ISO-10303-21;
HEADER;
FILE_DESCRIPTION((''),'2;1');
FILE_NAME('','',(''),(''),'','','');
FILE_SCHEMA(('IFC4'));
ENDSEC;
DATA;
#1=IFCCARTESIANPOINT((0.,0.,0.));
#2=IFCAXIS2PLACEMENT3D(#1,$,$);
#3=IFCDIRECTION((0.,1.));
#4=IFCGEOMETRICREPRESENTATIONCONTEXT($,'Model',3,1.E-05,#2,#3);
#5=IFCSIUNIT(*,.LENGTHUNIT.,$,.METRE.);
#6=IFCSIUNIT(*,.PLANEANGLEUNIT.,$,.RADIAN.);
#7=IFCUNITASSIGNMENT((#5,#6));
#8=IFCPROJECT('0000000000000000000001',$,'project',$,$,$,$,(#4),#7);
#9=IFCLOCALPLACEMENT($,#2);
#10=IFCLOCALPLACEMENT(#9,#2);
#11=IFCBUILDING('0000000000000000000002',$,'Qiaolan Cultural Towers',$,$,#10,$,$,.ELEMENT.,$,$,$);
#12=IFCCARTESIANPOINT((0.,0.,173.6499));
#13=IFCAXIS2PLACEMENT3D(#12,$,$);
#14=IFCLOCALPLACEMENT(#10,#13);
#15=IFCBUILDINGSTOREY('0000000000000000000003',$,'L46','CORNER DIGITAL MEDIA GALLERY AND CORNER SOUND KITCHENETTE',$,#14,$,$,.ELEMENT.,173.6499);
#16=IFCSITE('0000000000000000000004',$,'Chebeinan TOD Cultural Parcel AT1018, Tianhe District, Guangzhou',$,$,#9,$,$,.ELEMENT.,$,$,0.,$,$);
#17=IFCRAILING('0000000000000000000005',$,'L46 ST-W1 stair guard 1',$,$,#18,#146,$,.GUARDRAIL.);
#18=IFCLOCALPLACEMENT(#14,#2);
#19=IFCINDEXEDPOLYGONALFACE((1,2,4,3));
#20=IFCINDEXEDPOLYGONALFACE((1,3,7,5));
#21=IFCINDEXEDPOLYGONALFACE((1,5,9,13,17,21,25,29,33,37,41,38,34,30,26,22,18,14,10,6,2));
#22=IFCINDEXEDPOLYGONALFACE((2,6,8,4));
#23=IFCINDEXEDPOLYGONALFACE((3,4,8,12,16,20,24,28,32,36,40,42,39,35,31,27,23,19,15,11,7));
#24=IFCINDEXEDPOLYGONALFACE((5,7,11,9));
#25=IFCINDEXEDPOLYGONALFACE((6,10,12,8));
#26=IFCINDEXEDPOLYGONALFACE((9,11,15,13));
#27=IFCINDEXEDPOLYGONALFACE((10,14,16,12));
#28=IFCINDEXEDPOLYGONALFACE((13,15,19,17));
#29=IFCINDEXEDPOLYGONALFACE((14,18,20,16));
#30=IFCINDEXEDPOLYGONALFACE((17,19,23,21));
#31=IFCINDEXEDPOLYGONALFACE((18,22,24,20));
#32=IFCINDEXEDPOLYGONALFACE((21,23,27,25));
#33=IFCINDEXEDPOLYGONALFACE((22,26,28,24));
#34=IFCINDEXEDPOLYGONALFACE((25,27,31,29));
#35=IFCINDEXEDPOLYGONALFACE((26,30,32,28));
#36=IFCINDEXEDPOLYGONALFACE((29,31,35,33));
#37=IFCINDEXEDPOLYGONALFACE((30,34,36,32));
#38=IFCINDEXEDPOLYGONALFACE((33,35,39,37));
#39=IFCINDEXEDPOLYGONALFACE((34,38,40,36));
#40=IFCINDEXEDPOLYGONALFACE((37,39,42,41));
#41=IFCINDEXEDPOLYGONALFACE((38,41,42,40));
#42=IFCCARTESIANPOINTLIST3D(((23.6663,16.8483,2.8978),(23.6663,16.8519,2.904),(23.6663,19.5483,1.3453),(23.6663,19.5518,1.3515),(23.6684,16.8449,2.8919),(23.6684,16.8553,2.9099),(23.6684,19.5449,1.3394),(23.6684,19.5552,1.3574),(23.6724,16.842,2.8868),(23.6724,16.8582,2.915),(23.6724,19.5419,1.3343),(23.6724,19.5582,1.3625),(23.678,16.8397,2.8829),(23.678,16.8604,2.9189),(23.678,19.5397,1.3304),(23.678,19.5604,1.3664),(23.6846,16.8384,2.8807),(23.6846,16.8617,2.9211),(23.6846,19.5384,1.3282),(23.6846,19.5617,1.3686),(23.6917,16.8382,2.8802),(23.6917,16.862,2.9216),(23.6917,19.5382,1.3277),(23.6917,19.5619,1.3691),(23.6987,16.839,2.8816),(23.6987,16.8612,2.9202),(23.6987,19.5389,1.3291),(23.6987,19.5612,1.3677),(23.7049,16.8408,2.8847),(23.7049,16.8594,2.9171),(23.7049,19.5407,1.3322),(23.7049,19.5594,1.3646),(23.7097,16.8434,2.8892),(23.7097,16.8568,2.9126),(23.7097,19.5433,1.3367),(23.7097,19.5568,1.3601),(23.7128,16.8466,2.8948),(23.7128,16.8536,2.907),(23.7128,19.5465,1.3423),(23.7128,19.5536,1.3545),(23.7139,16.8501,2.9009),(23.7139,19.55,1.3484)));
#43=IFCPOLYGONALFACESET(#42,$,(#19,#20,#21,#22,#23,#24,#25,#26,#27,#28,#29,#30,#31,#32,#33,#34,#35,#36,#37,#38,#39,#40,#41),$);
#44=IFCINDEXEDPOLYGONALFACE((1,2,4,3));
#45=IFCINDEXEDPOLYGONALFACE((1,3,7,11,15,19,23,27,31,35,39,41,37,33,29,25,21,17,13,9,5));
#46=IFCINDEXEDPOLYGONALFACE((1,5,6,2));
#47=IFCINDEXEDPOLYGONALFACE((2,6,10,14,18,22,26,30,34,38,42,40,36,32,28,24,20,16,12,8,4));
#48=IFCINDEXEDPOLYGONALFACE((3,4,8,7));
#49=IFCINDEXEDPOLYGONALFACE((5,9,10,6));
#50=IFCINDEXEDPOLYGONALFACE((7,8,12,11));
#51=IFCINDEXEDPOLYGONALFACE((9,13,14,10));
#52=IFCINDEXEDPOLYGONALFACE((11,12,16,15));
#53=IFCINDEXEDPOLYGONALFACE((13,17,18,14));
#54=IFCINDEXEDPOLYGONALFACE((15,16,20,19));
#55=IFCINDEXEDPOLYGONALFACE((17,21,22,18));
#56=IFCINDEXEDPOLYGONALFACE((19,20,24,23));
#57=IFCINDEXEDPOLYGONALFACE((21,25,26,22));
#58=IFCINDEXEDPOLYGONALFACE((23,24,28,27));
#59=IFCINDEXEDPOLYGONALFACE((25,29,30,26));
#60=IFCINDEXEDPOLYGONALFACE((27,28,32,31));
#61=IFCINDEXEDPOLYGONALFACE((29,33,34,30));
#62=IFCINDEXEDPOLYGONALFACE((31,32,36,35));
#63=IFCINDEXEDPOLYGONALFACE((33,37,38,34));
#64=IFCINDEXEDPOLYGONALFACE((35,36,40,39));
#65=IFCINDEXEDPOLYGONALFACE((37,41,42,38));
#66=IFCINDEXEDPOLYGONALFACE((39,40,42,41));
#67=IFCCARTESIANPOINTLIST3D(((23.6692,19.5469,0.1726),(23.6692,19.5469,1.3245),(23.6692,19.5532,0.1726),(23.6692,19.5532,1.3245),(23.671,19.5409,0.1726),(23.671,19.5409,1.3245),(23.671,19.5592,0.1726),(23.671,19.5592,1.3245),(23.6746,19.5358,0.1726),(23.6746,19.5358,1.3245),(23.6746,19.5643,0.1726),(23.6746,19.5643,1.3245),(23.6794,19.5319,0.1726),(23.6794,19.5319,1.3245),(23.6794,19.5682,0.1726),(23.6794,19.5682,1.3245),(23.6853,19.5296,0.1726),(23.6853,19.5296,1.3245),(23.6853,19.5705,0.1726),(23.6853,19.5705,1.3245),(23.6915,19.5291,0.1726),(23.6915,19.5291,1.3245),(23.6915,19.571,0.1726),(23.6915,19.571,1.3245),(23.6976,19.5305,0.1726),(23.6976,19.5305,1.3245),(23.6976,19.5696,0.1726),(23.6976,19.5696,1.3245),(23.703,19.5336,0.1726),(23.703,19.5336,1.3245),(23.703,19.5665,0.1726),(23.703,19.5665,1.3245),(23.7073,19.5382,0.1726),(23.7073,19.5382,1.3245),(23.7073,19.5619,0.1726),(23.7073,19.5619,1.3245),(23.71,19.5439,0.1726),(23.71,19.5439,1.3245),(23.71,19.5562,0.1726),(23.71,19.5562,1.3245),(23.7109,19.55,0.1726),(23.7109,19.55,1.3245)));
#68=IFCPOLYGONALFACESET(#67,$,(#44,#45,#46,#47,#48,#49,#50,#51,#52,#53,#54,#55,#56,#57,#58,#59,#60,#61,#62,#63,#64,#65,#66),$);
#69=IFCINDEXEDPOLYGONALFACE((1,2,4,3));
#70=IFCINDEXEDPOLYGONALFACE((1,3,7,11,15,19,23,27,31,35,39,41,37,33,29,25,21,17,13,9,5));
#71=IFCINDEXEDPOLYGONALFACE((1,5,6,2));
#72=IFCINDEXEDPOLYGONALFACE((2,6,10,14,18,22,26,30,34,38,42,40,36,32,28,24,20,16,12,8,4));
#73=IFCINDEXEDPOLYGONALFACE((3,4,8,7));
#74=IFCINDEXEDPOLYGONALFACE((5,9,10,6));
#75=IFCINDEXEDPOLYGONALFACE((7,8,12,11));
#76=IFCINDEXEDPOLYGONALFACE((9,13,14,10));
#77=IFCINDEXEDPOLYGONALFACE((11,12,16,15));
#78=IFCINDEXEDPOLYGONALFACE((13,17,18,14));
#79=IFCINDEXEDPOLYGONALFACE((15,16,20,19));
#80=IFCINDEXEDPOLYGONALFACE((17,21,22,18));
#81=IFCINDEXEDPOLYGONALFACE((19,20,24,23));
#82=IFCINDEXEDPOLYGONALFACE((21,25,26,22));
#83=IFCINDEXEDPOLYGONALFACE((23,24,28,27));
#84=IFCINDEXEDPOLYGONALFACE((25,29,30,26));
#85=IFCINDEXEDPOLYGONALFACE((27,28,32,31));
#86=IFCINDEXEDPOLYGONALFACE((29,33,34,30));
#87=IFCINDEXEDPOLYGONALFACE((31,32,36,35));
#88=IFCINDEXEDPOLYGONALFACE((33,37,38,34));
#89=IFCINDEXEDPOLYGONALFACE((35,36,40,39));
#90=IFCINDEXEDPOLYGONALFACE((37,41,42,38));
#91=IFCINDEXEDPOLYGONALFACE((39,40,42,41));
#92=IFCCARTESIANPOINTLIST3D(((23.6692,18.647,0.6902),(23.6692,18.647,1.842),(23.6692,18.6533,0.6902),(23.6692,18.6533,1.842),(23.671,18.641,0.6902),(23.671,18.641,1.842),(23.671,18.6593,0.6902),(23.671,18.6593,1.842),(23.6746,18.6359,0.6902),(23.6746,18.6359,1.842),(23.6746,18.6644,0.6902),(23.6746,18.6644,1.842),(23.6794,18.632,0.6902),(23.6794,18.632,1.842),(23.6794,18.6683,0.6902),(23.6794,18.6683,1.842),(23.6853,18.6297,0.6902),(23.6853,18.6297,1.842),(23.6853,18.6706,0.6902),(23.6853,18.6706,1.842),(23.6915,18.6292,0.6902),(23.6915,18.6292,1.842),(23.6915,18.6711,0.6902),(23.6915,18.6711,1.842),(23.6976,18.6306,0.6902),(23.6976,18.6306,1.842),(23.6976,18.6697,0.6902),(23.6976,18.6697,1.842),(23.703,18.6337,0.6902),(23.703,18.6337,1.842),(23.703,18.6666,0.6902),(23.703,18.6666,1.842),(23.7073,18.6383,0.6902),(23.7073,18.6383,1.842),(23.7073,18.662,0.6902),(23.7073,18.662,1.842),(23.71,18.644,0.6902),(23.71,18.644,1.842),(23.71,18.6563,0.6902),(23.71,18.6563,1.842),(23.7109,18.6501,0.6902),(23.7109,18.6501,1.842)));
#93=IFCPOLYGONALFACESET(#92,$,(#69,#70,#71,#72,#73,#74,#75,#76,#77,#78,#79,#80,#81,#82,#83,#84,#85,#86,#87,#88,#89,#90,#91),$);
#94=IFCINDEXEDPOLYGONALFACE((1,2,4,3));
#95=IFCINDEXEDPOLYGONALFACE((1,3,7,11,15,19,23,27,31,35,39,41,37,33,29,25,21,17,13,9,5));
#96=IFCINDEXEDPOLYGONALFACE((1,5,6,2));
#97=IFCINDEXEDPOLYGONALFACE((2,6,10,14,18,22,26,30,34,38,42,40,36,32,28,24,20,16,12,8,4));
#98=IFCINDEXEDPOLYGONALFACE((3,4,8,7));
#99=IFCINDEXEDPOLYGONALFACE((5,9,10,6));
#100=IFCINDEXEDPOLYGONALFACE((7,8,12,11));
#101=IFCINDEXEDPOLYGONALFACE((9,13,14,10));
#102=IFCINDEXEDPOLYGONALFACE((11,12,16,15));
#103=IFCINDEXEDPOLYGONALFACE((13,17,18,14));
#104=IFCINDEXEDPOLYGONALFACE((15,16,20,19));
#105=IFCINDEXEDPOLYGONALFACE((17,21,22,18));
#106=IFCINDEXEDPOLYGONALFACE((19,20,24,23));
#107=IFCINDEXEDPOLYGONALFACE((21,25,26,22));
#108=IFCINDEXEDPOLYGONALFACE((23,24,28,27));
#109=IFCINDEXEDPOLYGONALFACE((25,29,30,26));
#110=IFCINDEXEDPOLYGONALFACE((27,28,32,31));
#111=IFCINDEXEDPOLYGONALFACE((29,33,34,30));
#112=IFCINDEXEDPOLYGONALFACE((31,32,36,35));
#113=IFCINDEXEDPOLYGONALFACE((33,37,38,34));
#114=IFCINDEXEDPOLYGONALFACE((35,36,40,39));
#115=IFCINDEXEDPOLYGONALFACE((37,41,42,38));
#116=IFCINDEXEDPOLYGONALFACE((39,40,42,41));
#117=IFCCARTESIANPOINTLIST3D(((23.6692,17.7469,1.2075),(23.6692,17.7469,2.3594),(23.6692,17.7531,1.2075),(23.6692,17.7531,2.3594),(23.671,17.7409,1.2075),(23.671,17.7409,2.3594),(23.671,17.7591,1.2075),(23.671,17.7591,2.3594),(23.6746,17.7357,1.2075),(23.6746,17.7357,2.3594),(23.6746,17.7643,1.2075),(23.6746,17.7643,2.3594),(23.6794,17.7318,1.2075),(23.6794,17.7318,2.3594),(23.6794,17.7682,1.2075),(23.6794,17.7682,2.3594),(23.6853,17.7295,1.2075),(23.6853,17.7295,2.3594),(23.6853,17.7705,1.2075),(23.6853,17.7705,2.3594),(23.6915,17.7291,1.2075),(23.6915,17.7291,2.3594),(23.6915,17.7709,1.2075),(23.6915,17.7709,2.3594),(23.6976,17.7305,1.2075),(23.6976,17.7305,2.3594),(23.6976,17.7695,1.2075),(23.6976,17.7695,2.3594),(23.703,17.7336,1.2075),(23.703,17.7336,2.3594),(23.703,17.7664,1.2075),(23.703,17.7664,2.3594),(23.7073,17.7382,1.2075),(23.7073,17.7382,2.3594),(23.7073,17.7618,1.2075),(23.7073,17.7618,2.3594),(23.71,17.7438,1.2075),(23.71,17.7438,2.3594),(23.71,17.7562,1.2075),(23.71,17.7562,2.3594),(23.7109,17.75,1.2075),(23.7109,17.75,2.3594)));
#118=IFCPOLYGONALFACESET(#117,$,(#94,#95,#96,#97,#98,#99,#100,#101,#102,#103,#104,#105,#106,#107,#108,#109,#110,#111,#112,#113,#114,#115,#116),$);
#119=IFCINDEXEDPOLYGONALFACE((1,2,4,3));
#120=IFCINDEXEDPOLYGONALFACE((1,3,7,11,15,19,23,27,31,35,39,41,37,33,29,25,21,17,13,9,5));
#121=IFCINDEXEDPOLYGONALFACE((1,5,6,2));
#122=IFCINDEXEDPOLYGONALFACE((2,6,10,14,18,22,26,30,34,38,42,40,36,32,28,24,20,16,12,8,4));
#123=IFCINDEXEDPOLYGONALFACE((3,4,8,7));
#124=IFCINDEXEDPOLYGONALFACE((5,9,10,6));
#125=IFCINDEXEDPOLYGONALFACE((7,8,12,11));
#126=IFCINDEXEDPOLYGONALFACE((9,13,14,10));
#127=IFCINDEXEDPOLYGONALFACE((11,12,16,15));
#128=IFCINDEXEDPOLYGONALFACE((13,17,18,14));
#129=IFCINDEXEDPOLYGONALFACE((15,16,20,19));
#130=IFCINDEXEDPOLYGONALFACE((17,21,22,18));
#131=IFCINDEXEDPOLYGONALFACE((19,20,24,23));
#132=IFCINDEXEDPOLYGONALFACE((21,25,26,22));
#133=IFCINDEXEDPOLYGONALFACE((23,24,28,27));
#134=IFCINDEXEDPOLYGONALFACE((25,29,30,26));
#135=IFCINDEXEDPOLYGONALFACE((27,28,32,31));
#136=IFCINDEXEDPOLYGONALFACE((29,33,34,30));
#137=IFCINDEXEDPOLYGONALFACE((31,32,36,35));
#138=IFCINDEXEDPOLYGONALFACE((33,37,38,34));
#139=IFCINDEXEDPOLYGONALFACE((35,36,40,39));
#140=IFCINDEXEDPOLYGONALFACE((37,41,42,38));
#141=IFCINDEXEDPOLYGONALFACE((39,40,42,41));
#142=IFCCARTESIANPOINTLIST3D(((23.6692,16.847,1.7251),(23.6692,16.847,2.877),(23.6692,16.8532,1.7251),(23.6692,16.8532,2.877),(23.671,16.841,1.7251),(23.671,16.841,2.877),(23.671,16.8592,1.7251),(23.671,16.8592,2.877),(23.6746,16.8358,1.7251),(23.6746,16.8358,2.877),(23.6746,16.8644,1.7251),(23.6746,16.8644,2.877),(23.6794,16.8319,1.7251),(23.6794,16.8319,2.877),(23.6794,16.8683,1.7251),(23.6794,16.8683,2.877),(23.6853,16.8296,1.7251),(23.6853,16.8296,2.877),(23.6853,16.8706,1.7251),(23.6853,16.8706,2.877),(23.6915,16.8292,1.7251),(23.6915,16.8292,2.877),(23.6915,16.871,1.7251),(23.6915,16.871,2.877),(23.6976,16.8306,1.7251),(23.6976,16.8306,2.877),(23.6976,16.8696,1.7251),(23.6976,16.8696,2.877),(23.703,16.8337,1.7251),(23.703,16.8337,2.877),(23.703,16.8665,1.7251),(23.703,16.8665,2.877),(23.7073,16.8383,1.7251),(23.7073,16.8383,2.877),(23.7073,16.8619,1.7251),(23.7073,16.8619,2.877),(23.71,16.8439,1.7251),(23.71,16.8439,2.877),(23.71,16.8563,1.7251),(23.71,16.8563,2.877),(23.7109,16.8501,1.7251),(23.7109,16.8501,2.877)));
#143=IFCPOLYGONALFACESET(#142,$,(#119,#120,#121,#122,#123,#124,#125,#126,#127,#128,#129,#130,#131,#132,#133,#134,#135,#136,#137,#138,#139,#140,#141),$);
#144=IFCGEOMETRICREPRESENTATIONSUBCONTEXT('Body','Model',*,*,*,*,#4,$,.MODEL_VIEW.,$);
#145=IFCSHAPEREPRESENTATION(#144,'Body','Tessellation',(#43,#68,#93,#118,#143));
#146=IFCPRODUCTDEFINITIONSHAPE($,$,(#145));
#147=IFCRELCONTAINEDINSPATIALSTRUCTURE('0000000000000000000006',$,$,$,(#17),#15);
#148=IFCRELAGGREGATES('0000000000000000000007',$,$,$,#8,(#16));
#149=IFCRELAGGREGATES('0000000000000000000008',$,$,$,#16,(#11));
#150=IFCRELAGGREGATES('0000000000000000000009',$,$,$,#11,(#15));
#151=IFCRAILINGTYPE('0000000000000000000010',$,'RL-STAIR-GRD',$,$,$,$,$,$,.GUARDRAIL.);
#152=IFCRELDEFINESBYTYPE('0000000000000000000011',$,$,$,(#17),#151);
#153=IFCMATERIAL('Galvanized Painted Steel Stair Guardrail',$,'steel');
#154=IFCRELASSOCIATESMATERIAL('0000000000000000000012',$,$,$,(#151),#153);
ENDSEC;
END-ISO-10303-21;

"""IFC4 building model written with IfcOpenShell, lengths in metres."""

from ifc_helpers import new_model, si_unit, direction, frame, origin, origin_2d, place, context, subcontext, project, spatial, circle, extrude, material, type_object, element, save


model = new_model("IFC4")

# Units and contexts
model_context = context("Model", 3, precision=1e-05, world=origin(), true_north=direction((0.0, 1.0)))
body_context = subcontext(model_context, "Body", "Model", "MODEL_VIEW")
ifc_project = project(units=[si_unit("LENGTHUNIT", "METRE"), si_unit("PLANEANGLEUNIT", "RADIAN")], contexts=[model_context])

# Site, building, storey
site_placement = place(None, origin())
site = spatial("IfcSite", under=ifc_project, at=site_placement, Name="Chebeinan TOD Cultural Parcel AT1018, Tianhe District, Guangzhou", CompositionType="ELEMENT", RefElevation=0.0)
building_placement = place(site_placement, origin())
building = spatial("IfcBuilding", under=site, at=building_placement, Name="Qiaolan Cultural Towers", CompositionType="ELEMENT")
storey_placement = place(building_placement, frame((0.0, 0.0, 173.6499)))
storey = spatial("IfcBuildingStorey", under=building, at=storey_placement, Name="L46", Description="CORNER DIGITAL MEDIA GALLERY AND CORNER SOUND KITCHENETTE", CompositionType="ELEMENT", Elevation=173.6499)

# Railing
ifc_material_1 = material(Name="Galvanized Painted Steel Stair Guardrail", Category="steel")
railing_type = type_object("IfcRailingType", Name="RL-STAIR-GRD", PredefinedType="GUARDRAIL", material=ifc_material_1)
railing_1_placement = place(storey_placement, frame((23.6899, 19.55, 0.1726)))
element("IfcRailing", 1, at=railing_1_placement, inside=storey, type_object=railing_type, Name="L46 ST-W1 stair guard 1", PredefinedType="GUARDRAIL", context=body_context, shape_type="SweptSolid", body=[
    extrude(circle(Radius=0.0239, at=origin_2d()), frame((0.0, 0.0, 1.1758), z_axis=(0.0, -0.866904, 0.498476), x_axis=(1.0, 0.0, 0.0)), (0.0, 0.0, 1.0), 3.1145),
    extrude(circle(Radius=0.021, at=origin_2d()), origin(), (0.0, 0.0, 1.0), 1.1519),
    extrude(circle(Radius=0.021, at=origin_2d()), frame((0.0, -0.8999, 0.5176)), (0.0, 0.0, 1.0), 1.1519),
    extrude(circle(Radius=0.021, at=origin_2d()), frame((0.0, -1.8, 1.0349)), (0.0, 0.0, 1.0), 1.1519),
    extrude(circle(Radius=0.021, at=origin_2d()), frame((0.0, -2.7, 1.5525)), (0.0, 0.0, 1.0), 1.1519),
])

save(model, "model.ifc")
